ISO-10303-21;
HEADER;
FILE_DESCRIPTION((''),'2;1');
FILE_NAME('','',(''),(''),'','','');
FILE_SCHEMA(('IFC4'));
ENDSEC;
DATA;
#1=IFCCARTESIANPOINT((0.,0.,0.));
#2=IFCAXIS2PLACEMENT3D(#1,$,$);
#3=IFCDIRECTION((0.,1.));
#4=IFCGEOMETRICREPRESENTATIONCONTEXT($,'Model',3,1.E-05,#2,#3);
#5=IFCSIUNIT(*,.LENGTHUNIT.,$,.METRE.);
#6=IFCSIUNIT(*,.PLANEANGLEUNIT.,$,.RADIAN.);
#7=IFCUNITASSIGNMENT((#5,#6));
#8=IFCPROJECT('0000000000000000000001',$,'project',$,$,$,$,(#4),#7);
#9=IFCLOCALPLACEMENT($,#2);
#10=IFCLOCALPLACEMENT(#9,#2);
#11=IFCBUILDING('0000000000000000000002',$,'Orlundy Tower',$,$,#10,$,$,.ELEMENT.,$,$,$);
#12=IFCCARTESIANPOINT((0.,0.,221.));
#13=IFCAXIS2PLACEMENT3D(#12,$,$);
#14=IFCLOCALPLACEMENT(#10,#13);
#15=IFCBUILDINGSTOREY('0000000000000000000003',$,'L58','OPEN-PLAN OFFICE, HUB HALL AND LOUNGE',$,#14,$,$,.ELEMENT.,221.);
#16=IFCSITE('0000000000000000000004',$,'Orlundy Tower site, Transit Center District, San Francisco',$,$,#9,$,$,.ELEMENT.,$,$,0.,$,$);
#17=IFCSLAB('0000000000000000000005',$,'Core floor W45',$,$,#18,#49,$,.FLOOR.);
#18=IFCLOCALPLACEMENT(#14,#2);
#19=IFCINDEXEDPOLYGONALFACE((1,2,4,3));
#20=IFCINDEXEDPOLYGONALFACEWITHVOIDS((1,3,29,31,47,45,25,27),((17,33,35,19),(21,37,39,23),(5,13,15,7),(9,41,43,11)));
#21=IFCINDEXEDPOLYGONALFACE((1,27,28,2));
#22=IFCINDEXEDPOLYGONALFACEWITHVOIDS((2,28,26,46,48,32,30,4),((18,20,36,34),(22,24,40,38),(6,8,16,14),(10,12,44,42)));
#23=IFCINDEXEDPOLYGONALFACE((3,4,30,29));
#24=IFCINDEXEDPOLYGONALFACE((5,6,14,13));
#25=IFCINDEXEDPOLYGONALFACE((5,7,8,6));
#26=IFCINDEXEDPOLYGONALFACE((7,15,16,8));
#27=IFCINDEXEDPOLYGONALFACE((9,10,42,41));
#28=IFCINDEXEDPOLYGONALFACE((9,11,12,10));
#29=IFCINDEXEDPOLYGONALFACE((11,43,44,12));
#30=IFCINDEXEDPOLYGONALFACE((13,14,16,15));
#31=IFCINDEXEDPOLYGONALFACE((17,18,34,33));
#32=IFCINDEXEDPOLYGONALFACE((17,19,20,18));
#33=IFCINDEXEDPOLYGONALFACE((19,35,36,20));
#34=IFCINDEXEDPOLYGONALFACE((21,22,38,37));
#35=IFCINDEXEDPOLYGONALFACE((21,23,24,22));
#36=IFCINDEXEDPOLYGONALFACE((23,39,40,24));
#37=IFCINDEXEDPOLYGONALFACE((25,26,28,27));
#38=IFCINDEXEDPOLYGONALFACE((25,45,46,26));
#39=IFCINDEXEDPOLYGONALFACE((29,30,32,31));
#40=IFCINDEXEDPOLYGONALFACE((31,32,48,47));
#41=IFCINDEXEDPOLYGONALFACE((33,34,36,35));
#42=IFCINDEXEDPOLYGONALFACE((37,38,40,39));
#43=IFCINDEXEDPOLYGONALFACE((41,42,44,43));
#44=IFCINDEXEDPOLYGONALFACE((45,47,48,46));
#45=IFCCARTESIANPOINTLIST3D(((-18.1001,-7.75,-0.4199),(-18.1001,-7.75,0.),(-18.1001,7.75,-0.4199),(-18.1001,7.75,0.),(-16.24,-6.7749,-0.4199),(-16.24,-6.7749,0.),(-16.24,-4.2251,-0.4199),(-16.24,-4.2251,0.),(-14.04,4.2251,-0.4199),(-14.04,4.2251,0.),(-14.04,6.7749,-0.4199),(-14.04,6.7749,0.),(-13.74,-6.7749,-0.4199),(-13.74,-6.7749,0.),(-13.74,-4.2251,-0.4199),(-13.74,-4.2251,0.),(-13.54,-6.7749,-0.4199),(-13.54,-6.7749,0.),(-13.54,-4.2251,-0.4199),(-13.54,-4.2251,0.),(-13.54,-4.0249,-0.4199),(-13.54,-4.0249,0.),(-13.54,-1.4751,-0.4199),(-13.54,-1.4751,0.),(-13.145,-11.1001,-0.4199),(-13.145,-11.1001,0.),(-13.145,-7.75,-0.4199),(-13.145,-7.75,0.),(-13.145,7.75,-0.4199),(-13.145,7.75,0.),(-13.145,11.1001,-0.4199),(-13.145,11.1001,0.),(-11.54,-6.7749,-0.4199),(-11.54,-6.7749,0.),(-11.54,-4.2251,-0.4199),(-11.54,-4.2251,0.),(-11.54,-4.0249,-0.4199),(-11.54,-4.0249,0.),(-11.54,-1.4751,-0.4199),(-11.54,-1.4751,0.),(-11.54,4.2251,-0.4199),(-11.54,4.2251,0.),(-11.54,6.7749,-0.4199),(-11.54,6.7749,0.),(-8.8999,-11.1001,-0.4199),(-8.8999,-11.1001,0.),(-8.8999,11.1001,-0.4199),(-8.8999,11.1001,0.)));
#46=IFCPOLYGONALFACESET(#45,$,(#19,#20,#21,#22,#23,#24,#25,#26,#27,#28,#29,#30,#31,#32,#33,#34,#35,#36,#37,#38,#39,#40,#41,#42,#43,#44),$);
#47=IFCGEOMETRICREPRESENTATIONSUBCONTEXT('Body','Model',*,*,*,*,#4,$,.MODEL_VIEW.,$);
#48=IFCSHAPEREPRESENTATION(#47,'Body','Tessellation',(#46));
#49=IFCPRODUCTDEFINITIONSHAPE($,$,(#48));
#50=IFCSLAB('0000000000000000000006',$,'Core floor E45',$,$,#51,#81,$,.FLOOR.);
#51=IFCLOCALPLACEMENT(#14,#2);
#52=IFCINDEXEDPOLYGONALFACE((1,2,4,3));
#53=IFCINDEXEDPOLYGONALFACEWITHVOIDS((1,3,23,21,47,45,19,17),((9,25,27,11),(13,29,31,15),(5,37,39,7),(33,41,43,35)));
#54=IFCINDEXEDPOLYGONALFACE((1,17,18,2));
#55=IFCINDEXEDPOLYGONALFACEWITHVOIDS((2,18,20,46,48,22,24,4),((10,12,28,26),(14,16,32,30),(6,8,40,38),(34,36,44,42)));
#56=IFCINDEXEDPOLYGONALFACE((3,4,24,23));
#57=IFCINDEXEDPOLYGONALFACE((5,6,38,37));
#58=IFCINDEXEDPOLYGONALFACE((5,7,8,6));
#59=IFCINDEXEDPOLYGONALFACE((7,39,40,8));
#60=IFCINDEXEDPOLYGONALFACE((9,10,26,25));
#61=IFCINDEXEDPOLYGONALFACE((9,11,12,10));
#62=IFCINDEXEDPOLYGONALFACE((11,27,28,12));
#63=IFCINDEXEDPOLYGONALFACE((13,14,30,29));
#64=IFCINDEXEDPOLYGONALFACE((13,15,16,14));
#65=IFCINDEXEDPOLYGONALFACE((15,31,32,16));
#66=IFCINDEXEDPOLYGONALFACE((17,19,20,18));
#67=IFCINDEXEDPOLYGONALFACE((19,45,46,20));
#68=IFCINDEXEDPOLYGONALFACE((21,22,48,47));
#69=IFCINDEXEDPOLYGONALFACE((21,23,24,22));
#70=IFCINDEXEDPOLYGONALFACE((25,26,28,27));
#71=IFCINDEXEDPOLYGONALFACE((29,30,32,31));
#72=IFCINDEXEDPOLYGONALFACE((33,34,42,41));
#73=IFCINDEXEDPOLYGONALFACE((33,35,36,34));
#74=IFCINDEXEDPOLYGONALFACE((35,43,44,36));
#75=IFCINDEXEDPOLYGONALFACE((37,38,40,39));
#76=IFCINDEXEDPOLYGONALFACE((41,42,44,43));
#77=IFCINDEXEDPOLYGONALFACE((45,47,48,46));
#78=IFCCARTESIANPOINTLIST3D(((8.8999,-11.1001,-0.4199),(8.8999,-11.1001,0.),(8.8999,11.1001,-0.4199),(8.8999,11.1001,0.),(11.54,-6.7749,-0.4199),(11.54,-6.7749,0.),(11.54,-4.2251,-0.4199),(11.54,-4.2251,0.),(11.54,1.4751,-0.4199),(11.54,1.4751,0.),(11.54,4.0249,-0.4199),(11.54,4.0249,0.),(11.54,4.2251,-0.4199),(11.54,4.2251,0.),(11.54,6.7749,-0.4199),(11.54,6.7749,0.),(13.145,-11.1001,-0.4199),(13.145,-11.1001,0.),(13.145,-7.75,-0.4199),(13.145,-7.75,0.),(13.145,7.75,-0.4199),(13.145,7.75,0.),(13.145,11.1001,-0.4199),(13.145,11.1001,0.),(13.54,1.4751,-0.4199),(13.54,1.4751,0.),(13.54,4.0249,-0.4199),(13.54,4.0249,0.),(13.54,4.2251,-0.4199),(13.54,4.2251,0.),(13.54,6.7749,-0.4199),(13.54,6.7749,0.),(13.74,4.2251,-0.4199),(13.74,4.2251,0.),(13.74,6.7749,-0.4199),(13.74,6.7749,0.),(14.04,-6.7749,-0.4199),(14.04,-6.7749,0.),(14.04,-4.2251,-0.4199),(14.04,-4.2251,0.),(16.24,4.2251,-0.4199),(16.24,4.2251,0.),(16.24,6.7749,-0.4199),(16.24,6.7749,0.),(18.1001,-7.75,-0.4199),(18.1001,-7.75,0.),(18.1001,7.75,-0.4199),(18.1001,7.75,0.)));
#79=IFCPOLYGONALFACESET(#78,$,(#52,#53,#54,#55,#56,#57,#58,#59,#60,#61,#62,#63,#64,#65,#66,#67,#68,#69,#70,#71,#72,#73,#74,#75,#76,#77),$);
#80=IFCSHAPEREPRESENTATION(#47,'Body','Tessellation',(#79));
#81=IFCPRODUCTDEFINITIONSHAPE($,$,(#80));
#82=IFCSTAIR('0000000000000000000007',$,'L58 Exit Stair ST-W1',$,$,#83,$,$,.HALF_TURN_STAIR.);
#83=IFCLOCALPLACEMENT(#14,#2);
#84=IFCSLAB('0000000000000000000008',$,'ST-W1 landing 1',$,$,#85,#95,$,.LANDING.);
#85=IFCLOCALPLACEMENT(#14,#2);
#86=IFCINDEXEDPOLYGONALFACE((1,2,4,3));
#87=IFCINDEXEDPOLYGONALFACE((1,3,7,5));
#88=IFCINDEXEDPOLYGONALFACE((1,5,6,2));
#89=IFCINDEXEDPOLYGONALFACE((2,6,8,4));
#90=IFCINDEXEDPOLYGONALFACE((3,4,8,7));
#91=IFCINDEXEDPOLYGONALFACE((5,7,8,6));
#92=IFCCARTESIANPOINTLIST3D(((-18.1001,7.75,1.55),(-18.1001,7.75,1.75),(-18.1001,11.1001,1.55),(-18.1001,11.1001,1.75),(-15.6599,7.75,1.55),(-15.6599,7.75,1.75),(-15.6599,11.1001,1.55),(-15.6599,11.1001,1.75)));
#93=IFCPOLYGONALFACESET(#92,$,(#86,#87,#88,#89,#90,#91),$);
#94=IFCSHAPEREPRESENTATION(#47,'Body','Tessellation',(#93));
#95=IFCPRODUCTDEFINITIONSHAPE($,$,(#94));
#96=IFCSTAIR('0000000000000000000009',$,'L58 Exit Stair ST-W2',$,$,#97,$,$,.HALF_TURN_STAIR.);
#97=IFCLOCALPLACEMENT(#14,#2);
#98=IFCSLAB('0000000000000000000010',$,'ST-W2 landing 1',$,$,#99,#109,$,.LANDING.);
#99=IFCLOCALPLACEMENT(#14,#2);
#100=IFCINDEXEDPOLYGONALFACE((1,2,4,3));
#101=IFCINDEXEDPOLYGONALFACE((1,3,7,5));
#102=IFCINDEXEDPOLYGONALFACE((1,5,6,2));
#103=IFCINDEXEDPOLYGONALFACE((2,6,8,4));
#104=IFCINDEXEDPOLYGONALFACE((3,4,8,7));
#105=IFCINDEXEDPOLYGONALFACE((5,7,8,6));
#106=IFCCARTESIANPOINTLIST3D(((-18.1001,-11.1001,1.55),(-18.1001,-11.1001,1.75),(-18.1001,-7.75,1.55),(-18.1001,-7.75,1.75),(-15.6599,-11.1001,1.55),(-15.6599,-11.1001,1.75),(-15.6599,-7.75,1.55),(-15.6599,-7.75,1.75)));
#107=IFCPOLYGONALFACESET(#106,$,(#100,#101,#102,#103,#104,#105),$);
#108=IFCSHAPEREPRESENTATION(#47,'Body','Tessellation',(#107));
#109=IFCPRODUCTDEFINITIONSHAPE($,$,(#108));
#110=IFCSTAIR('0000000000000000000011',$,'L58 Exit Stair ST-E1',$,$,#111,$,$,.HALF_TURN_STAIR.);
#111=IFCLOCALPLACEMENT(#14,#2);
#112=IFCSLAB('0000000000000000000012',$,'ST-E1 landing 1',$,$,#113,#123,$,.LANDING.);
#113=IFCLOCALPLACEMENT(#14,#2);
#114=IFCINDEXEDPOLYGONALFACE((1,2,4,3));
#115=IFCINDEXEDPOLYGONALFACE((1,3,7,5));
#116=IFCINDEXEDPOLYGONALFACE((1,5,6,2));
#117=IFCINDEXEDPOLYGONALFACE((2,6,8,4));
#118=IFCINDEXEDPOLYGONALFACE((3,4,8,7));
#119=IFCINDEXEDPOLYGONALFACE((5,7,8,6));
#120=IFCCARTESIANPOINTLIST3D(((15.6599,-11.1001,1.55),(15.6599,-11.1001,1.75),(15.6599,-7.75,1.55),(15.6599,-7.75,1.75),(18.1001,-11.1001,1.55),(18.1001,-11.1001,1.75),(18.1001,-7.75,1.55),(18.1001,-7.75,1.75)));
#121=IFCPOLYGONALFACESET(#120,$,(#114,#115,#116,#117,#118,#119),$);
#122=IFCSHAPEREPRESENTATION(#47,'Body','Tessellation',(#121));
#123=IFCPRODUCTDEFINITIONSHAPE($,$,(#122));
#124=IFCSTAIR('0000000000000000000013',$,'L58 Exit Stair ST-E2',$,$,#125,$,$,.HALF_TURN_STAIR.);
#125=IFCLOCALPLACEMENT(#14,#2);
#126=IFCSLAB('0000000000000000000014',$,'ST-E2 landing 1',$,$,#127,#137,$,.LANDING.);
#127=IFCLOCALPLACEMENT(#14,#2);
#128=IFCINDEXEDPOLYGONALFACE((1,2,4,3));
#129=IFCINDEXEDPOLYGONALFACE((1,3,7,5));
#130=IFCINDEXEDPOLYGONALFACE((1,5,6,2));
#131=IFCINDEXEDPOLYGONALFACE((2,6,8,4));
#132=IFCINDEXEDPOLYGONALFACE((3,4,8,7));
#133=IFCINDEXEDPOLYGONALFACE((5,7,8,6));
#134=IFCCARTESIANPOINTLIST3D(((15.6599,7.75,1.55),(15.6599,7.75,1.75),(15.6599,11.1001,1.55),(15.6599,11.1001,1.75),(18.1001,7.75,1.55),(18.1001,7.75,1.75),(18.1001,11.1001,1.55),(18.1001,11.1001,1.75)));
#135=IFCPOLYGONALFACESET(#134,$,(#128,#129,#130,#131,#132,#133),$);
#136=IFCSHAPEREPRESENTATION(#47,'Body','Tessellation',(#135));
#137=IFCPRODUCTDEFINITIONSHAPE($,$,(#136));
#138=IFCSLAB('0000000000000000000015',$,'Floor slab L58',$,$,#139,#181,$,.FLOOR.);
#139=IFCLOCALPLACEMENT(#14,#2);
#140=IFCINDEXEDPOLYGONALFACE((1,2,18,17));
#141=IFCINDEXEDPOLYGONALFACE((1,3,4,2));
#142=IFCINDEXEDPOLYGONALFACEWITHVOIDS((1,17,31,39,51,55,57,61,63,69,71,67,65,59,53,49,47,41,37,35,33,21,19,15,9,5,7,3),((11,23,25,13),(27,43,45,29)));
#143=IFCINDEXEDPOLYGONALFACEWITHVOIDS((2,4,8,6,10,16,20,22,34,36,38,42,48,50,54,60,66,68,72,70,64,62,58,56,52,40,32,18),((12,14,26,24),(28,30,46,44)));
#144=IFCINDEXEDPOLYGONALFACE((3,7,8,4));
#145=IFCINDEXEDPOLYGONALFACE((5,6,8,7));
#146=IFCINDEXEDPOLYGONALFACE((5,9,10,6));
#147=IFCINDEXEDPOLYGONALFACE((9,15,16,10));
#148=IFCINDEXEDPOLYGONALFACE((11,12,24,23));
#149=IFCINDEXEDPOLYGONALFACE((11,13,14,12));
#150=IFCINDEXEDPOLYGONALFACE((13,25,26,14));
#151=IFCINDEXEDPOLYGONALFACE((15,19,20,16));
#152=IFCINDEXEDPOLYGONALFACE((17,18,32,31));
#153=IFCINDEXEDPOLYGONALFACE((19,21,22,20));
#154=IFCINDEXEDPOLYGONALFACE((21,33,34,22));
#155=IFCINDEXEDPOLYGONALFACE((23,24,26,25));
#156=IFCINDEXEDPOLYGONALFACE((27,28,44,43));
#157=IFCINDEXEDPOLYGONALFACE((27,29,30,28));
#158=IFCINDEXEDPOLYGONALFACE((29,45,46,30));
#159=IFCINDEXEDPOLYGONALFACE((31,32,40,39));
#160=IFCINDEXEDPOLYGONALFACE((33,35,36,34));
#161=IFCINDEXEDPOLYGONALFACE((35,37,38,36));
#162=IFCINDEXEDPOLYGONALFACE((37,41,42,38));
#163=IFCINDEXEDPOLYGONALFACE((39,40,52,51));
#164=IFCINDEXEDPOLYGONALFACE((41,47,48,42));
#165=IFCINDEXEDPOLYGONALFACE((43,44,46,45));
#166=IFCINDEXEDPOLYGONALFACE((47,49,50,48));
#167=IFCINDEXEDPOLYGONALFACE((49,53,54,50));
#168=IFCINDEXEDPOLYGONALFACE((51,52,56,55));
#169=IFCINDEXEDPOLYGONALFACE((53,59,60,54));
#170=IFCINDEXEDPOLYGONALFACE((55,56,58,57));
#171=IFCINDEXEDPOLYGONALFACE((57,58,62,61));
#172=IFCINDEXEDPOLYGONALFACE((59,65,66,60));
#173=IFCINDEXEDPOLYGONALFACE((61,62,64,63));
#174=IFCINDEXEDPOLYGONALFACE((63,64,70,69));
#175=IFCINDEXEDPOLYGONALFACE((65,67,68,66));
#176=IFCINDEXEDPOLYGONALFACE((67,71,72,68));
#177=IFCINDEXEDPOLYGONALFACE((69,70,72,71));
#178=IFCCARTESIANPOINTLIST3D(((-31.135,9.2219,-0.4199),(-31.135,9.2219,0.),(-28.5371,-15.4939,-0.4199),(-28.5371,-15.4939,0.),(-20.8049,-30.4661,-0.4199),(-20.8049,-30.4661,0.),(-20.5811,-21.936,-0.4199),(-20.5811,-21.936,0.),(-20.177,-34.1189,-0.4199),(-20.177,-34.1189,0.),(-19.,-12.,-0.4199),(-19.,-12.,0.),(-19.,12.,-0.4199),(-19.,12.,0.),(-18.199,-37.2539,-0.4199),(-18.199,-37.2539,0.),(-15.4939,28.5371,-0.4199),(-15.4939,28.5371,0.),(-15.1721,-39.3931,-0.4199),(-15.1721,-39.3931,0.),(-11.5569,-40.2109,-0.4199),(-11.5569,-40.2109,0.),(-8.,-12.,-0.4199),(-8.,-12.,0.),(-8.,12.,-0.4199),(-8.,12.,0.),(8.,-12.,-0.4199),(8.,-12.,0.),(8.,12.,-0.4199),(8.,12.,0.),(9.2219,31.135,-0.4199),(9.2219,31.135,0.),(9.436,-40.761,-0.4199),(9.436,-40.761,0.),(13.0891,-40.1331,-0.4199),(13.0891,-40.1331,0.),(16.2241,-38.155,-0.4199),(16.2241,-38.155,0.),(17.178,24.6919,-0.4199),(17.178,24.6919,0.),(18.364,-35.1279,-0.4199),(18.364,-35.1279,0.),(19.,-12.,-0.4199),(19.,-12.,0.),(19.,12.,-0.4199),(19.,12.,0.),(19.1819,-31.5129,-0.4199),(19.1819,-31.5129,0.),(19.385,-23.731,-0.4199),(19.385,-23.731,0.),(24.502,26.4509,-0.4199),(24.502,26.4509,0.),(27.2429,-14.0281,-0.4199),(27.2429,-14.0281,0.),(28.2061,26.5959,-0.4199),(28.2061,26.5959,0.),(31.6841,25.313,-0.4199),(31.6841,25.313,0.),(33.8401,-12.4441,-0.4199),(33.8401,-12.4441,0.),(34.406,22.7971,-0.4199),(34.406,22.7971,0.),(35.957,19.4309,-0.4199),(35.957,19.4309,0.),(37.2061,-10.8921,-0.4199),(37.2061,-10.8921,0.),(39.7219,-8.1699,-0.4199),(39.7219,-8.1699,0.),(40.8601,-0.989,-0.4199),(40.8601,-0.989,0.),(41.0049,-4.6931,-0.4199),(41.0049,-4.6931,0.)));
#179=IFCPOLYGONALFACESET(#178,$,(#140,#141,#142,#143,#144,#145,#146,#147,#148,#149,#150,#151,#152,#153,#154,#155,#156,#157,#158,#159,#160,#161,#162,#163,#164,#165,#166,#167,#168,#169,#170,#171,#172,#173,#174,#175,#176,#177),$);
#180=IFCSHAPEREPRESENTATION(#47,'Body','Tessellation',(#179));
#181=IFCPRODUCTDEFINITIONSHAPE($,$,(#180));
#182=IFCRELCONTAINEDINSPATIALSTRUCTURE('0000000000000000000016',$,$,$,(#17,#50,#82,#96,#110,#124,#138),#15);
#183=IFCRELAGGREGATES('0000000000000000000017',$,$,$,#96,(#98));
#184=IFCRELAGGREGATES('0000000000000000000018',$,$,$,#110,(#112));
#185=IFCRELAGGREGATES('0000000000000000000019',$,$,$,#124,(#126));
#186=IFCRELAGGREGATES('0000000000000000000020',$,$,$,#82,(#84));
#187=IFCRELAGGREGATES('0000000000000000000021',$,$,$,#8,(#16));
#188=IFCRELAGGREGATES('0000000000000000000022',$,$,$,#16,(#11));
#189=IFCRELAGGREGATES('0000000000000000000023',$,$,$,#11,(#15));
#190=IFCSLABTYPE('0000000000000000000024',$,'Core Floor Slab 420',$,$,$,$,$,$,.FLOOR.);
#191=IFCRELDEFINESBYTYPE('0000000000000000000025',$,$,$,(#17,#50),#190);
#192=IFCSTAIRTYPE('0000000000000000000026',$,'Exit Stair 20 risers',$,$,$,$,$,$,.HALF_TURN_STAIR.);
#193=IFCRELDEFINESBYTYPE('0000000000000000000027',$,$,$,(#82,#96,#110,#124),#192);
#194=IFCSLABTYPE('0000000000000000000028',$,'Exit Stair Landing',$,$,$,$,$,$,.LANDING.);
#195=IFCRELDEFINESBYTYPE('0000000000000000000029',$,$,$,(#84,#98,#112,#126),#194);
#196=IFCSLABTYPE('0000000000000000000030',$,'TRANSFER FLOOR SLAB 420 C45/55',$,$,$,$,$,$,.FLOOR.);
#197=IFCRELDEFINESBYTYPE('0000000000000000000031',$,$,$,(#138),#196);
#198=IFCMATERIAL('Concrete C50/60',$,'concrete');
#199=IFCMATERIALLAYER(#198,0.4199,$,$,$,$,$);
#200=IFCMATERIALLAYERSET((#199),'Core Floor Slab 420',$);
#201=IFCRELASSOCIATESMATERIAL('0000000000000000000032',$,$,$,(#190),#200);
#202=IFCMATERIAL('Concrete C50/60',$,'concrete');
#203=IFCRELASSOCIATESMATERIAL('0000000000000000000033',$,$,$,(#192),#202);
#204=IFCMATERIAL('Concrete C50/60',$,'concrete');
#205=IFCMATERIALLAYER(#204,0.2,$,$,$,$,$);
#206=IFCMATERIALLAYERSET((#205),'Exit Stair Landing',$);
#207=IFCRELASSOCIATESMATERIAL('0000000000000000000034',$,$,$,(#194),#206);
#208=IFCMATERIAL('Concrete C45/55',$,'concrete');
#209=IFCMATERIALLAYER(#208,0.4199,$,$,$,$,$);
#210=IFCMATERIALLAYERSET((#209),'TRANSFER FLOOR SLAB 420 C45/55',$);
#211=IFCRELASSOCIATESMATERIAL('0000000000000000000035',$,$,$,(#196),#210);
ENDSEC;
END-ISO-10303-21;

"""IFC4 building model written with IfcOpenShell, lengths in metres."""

from ifc_helpers import new_model, si_unit, direction, frame, origin, place, context, subcontext, project, spatial, polyline, outline, extrude, material, layer, layer_set, type_object, element, aggregate, save


model = new_model("IFC4")

# Units and contexts
model_context = context("Model", 3, precision=1e-05, world=origin(), true_north=direction((0.0, 1.0)))
body_context = subcontext(model_context, "Body", "Model", "MODEL_VIEW")
ifc_project = project(units=[si_unit("LENGTHUNIT", "METRE"), si_unit("PLANEANGLEUNIT", "RADIAN")], contexts=[model_context])

# Site, building, storey
site_placement = place(None, origin())
site = spatial("IfcSite", under=ifc_project, at=site_placement, Name="Orlundy Tower site, Transit Center District, San Francisco", CompositionType="ELEMENT", RefElevation=0.0)
building_placement = place(site_placement, origin())
building = spatial("IfcBuilding", under=site, at=building_placement, Name="Orlundy Tower", CompositionType="ELEMENT")
storey_placement = place(building_placement, frame((0.0, 0.0, 221.0)))
storey = spatial("IfcBuildingStorey", under=building, at=storey_placement, Name="L58", Description="OPEN-PLAN OFFICE, HUB HALL AND LOUNGE", CompositionType="ELEMENT", Elevation=221.0)

# Slabs
ifc_material_1 = material(Name="Concrete C50/60", Category="concrete")
ifc_layer_1 = layer(ifc_material_1, 0.4199)
ifc_layer_set_1 = layer_set([ifc_layer_1], Name="Core Floor Slab 420")
slab_type_1 = type_object("IfcSlabType", Name="Core Floor Slab 420", PredefinedType="FLOOR", material=ifc_layer_set_1)
slab_1_placement = place(storey_placement, frame((0.0, 0.0, -0.4199)))
element("IfcSlab", 1, at=slab_1_placement, inside=storey, type_object=slab_type_1, Name="Core floor W45", PredefinedType="FLOOR", context=body_context, shape_type="SweptSolid", body=[
    extrude(outline(polyline([(-18.1001, 7.75), (-13.145, 7.75), (-13.145, 11.1001), (-8.8999, 11.1001), (-8.8999, -11.1001), (-13.145, -11.1001), (-13.145, -7.75), (-18.1001, -7.75), (-18.1001, 7.75)]), holes=[polyline([(-13.54, -4.2251), (-13.54, -6.7749), (-11.54, -6.7749), (-11.54, -4.2251), (-13.54, -4.2251)]), polyline([(-13.74, -4.2251), (-16.24, -4.2251), (-16.24, -6.7749), (-13.74, -6.7749), (-13.74, -4.2251)]), polyline([(-11.54, -4.0249), (-11.54, -1.4751), (-13.54, -1.4751), (-13.54, -4.0249), (-11.54, -4.0249)]), polyline([(-14.04, 4.2251), (-11.54, 4.2251), (-11.54, 6.7749), (-14.04, 6.7749), (-14.04, 4.2251)])]), origin(), (0.0, 0.0, 1.0), 0.4199),
])
slab_2_placement = place(storey_placement, frame((0.0, 0.0, -0.4199)))
element("IfcSlab", 2, at=slab_2_placement, inside=storey, type_object=slab_type_1, Name="Core floor E45", PredefinedType="FLOOR", context=body_context, shape_type="SweptSolid", body=[
    extrude(outline(polyline([(18.1001, -7.75), (13.145, -7.75), (13.145, -11.1001), (8.8999, -11.1001), (8.8999, 11.1001), (13.145, 11.1001), (13.145, 7.75), (18.1001, 7.75), (18.1001, -7.75)]), holes=[polyline([(13.54, 4.2251), (13.54, 6.7749), (11.54, 6.7749), (11.54, 4.2251), (13.54, 4.2251)]), polyline([(13.74, 4.2251), (16.24, 4.2251), (16.24, 6.7749), (13.74, 6.7749), (13.74, 4.2251)]), polyline([(11.54, 4.0249), (11.54, 1.4751), (13.54, 1.4751), (13.54, 4.0249), (11.54, 4.0249)]), polyline([(14.04, -4.2251), (11.54, -4.2251), (11.54, -6.7749), (14.04, -6.7749), (14.04, -4.2251)])]), origin(), (0.0, 0.0, 1.0), 0.4199),
])

# Stairs, slabs
ifc_material_2 = material(Name="Concrete C50/60", Category="concrete")
stair_type = type_object("IfcStairType", Name="Exit Stair 20 risers", PredefinedType="HALF_TURN_STAIR", material=ifc_material_2)
stair_1_placement = place(storey_placement, origin())
stair_1 = element("IfcStair", 3, at=stair_1_placement, inside=storey, type_object=stair_type, Name="L58 Exit Stair ST-W1", PredefinedType="HALF_TURN_STAIR")
ifc_material_3 = material(Name="Concrete C50/60", Category="concrete")
ifc_layer_2 = layer(ifc_material_3, 0.2)
ifc_layer_set_2 = layer_set([ifc_layer_2], Name="Exit Stair Landing")
slab_type_2 = type_object("IfcSlabType", Name="Exit Stair Landing", PredefinedType="LANDING", material=ifc_layer_set_2)
slab_3_placement = place(storey_placement, frame((0.0, 0.0, 1.55)))
slab_3 = element("IfcSlab", 4, at=slab_3_placement, type_object=slab_type_2, Name="ST-W1 landing 1", PredefinedType="LANDING", context=body_context, shape_type="SweptSolid", body=[
    extrude(outline(polyline([(-15.6599, 11.1001), (-18.1001, 11.1001), (-18.1001, 7.75), (-15.6599, 7.75), (-15.6599, 11.1001)])), origin(), (0.0, 0.0, 1.0), 0.2),
])
stair_2_placement = place(storey_placement, origin())
stair_2 = element("IfcStair", 5, at=stair_2_placement, inside=storey, type_object=stair_type, Name="L58 Exit Stair ST-W2", PredefinedType="HALF_TURN_STAIR")
slab_4_placement = place(storey_placement, frame((0.0, 0.0, 1.55)))
slab_4 = element("IfcSlab", 6, at=slab_4_placement, type_object=slab_type_2, Name="ST-W2 landing 1", PredefinedType="LANDING", context=body_context, shape_type="SweptSolid", body=[
    extrude(outline(polyline([(-15.6599, -7.75), (-18.1001, -7.75), (-18.1001, -11.1001), (-15.6599, -11.1001), (-15.6599, -7.75)])), origin(), (0.0, 0.0, 1.0), 0.2),
])
aggregate(stair_2, [slab_4])
stair_3_placement = place(storey_placement, origin())
stair_3 = element("IfcStair", 7, at=stair_3_placement, inside=storey, type_object=stair_type, Name="L58 Exit Stair ST-E1", PredefinedType="HALF_TURN_STAIR")
slab_5_placement = place(storey_placement, frame((0.0, 0.0, 1.55)))
slab_5 = element("IfcSlab", 8, at=slab_5_placement, type_object=slab_type_2, Name="ST-E1 landing 1", PredefinedType="LANDING", context=body_context, shape_type="SweptSolid", body=[
    extrude(outline(polyline([(15.6599, -11.1001), (18.1001, -11.1001), (18.1001, -7.75), (15.6599, -7.75), (15.6599, -11.1001)])), origin(), (0.0, 0.0, 1.0), 0.2),
])
aggregate(stair_3, [slab_5])
stair_4_placement = place(storey_placement, origin())
stair_4 = element("IfcStair", 9, at=stair_4_placement, inside=storey, type_object=stair_type, Name="L58 Exit Stair ST-E2", PredefinedType="HALF_TURN_STAIR")
slab_6_placement = place(storey_placement, frame((0.0, 0.0, 1.55)))
slab_6 = element("IfcSlab", 10, at=slab_6_placement, type_object=slab_type_2, Name="ST-E2 landing 1", PredefinedType="LANDING", context=body_context, shape_type="SweptSolid", body=[
    extrude(outline(polyline([(15.6599, 7.75), (18.1001, 7.75), (18.1001, 11.1001), (15.6599, 11.1001), (15.6599, 7.75)])), origin(), (0.0, 0.0, 1.0), 0.2),
])
aggregate(stair_4, [slab_6])

# Slab
ifc_material_4 = material(Name="Concrete C45/55", Category="concrete")
ifc_layer_3 = layer(ifc_material_4, 0.4199)
ifc_layer_set_3 = layer_set([ifc_layer_3], Name="TRANSFER FLOOR SLAB 420 C45/55")
slab_type_3 = type_object("IfcSlabType", Name="TRANSFER FLOOR SLAB 420 C45/55", PredefinedType="FLOOR", material=ifc_layer_set_3)
slab_7_placement = place(storey_placement, frame((0.0, 0.0, -0.4199)))
element("IfcSlab", 11, at=slab_7_placement, inside=storey, type_object=slab_type_3, Name="Floor slab L58", PredefinedType="FLOOR", context=body_context, shape_type="SweptSolid", body=[
    extrude(outline(polyline([(-20.5811, -21.936), (-28.5371, -15.4939), (-31.135, 9.2219), (-15.4939, 28.5371), (9.2219, 31.135), (17.178, 24.6919), (24.502, 26.4509), (28.2061, 26.5959), (31.6841, 25.313), (34.406, 22.7971), (35.957, 19.4309), (40.8601, -0.989), (41.0049, -4.6931), (39.7219, -8.1699), (37.2061, -10.8921), (33.8401, -12.4441), (27.2429, -14.0281), (19.385, -23.731), (19.1819, -31.5129), (18.364, -35.1279), (16.2241, -38.155), (13.0891, -40.1331), (9.436, -40.761), (-11.5569, -40.2109), (-15.1721, -39.3931), (-18.199, -37.2539), (-20.177, -34.1189), (-20.8049, -30.4661), (-20.5811, -21.936)]), holes=[polyline([(-8.0, -12.0), (-8.0, 12.0), (-19.0, 12.0), (-19.0, -12.0), (-8.0, -12.0)]), polyline([(19.0, -12.0), (19.0, 12.0), (8.0, 12.0), (8.0, -12.0), (19.0, -12.0)])]), origin(), (0.0, 0.0, 1.0), 0.4199),
])

aggregate(stair_1, [slab_3])

save(model, "model.ifc")
